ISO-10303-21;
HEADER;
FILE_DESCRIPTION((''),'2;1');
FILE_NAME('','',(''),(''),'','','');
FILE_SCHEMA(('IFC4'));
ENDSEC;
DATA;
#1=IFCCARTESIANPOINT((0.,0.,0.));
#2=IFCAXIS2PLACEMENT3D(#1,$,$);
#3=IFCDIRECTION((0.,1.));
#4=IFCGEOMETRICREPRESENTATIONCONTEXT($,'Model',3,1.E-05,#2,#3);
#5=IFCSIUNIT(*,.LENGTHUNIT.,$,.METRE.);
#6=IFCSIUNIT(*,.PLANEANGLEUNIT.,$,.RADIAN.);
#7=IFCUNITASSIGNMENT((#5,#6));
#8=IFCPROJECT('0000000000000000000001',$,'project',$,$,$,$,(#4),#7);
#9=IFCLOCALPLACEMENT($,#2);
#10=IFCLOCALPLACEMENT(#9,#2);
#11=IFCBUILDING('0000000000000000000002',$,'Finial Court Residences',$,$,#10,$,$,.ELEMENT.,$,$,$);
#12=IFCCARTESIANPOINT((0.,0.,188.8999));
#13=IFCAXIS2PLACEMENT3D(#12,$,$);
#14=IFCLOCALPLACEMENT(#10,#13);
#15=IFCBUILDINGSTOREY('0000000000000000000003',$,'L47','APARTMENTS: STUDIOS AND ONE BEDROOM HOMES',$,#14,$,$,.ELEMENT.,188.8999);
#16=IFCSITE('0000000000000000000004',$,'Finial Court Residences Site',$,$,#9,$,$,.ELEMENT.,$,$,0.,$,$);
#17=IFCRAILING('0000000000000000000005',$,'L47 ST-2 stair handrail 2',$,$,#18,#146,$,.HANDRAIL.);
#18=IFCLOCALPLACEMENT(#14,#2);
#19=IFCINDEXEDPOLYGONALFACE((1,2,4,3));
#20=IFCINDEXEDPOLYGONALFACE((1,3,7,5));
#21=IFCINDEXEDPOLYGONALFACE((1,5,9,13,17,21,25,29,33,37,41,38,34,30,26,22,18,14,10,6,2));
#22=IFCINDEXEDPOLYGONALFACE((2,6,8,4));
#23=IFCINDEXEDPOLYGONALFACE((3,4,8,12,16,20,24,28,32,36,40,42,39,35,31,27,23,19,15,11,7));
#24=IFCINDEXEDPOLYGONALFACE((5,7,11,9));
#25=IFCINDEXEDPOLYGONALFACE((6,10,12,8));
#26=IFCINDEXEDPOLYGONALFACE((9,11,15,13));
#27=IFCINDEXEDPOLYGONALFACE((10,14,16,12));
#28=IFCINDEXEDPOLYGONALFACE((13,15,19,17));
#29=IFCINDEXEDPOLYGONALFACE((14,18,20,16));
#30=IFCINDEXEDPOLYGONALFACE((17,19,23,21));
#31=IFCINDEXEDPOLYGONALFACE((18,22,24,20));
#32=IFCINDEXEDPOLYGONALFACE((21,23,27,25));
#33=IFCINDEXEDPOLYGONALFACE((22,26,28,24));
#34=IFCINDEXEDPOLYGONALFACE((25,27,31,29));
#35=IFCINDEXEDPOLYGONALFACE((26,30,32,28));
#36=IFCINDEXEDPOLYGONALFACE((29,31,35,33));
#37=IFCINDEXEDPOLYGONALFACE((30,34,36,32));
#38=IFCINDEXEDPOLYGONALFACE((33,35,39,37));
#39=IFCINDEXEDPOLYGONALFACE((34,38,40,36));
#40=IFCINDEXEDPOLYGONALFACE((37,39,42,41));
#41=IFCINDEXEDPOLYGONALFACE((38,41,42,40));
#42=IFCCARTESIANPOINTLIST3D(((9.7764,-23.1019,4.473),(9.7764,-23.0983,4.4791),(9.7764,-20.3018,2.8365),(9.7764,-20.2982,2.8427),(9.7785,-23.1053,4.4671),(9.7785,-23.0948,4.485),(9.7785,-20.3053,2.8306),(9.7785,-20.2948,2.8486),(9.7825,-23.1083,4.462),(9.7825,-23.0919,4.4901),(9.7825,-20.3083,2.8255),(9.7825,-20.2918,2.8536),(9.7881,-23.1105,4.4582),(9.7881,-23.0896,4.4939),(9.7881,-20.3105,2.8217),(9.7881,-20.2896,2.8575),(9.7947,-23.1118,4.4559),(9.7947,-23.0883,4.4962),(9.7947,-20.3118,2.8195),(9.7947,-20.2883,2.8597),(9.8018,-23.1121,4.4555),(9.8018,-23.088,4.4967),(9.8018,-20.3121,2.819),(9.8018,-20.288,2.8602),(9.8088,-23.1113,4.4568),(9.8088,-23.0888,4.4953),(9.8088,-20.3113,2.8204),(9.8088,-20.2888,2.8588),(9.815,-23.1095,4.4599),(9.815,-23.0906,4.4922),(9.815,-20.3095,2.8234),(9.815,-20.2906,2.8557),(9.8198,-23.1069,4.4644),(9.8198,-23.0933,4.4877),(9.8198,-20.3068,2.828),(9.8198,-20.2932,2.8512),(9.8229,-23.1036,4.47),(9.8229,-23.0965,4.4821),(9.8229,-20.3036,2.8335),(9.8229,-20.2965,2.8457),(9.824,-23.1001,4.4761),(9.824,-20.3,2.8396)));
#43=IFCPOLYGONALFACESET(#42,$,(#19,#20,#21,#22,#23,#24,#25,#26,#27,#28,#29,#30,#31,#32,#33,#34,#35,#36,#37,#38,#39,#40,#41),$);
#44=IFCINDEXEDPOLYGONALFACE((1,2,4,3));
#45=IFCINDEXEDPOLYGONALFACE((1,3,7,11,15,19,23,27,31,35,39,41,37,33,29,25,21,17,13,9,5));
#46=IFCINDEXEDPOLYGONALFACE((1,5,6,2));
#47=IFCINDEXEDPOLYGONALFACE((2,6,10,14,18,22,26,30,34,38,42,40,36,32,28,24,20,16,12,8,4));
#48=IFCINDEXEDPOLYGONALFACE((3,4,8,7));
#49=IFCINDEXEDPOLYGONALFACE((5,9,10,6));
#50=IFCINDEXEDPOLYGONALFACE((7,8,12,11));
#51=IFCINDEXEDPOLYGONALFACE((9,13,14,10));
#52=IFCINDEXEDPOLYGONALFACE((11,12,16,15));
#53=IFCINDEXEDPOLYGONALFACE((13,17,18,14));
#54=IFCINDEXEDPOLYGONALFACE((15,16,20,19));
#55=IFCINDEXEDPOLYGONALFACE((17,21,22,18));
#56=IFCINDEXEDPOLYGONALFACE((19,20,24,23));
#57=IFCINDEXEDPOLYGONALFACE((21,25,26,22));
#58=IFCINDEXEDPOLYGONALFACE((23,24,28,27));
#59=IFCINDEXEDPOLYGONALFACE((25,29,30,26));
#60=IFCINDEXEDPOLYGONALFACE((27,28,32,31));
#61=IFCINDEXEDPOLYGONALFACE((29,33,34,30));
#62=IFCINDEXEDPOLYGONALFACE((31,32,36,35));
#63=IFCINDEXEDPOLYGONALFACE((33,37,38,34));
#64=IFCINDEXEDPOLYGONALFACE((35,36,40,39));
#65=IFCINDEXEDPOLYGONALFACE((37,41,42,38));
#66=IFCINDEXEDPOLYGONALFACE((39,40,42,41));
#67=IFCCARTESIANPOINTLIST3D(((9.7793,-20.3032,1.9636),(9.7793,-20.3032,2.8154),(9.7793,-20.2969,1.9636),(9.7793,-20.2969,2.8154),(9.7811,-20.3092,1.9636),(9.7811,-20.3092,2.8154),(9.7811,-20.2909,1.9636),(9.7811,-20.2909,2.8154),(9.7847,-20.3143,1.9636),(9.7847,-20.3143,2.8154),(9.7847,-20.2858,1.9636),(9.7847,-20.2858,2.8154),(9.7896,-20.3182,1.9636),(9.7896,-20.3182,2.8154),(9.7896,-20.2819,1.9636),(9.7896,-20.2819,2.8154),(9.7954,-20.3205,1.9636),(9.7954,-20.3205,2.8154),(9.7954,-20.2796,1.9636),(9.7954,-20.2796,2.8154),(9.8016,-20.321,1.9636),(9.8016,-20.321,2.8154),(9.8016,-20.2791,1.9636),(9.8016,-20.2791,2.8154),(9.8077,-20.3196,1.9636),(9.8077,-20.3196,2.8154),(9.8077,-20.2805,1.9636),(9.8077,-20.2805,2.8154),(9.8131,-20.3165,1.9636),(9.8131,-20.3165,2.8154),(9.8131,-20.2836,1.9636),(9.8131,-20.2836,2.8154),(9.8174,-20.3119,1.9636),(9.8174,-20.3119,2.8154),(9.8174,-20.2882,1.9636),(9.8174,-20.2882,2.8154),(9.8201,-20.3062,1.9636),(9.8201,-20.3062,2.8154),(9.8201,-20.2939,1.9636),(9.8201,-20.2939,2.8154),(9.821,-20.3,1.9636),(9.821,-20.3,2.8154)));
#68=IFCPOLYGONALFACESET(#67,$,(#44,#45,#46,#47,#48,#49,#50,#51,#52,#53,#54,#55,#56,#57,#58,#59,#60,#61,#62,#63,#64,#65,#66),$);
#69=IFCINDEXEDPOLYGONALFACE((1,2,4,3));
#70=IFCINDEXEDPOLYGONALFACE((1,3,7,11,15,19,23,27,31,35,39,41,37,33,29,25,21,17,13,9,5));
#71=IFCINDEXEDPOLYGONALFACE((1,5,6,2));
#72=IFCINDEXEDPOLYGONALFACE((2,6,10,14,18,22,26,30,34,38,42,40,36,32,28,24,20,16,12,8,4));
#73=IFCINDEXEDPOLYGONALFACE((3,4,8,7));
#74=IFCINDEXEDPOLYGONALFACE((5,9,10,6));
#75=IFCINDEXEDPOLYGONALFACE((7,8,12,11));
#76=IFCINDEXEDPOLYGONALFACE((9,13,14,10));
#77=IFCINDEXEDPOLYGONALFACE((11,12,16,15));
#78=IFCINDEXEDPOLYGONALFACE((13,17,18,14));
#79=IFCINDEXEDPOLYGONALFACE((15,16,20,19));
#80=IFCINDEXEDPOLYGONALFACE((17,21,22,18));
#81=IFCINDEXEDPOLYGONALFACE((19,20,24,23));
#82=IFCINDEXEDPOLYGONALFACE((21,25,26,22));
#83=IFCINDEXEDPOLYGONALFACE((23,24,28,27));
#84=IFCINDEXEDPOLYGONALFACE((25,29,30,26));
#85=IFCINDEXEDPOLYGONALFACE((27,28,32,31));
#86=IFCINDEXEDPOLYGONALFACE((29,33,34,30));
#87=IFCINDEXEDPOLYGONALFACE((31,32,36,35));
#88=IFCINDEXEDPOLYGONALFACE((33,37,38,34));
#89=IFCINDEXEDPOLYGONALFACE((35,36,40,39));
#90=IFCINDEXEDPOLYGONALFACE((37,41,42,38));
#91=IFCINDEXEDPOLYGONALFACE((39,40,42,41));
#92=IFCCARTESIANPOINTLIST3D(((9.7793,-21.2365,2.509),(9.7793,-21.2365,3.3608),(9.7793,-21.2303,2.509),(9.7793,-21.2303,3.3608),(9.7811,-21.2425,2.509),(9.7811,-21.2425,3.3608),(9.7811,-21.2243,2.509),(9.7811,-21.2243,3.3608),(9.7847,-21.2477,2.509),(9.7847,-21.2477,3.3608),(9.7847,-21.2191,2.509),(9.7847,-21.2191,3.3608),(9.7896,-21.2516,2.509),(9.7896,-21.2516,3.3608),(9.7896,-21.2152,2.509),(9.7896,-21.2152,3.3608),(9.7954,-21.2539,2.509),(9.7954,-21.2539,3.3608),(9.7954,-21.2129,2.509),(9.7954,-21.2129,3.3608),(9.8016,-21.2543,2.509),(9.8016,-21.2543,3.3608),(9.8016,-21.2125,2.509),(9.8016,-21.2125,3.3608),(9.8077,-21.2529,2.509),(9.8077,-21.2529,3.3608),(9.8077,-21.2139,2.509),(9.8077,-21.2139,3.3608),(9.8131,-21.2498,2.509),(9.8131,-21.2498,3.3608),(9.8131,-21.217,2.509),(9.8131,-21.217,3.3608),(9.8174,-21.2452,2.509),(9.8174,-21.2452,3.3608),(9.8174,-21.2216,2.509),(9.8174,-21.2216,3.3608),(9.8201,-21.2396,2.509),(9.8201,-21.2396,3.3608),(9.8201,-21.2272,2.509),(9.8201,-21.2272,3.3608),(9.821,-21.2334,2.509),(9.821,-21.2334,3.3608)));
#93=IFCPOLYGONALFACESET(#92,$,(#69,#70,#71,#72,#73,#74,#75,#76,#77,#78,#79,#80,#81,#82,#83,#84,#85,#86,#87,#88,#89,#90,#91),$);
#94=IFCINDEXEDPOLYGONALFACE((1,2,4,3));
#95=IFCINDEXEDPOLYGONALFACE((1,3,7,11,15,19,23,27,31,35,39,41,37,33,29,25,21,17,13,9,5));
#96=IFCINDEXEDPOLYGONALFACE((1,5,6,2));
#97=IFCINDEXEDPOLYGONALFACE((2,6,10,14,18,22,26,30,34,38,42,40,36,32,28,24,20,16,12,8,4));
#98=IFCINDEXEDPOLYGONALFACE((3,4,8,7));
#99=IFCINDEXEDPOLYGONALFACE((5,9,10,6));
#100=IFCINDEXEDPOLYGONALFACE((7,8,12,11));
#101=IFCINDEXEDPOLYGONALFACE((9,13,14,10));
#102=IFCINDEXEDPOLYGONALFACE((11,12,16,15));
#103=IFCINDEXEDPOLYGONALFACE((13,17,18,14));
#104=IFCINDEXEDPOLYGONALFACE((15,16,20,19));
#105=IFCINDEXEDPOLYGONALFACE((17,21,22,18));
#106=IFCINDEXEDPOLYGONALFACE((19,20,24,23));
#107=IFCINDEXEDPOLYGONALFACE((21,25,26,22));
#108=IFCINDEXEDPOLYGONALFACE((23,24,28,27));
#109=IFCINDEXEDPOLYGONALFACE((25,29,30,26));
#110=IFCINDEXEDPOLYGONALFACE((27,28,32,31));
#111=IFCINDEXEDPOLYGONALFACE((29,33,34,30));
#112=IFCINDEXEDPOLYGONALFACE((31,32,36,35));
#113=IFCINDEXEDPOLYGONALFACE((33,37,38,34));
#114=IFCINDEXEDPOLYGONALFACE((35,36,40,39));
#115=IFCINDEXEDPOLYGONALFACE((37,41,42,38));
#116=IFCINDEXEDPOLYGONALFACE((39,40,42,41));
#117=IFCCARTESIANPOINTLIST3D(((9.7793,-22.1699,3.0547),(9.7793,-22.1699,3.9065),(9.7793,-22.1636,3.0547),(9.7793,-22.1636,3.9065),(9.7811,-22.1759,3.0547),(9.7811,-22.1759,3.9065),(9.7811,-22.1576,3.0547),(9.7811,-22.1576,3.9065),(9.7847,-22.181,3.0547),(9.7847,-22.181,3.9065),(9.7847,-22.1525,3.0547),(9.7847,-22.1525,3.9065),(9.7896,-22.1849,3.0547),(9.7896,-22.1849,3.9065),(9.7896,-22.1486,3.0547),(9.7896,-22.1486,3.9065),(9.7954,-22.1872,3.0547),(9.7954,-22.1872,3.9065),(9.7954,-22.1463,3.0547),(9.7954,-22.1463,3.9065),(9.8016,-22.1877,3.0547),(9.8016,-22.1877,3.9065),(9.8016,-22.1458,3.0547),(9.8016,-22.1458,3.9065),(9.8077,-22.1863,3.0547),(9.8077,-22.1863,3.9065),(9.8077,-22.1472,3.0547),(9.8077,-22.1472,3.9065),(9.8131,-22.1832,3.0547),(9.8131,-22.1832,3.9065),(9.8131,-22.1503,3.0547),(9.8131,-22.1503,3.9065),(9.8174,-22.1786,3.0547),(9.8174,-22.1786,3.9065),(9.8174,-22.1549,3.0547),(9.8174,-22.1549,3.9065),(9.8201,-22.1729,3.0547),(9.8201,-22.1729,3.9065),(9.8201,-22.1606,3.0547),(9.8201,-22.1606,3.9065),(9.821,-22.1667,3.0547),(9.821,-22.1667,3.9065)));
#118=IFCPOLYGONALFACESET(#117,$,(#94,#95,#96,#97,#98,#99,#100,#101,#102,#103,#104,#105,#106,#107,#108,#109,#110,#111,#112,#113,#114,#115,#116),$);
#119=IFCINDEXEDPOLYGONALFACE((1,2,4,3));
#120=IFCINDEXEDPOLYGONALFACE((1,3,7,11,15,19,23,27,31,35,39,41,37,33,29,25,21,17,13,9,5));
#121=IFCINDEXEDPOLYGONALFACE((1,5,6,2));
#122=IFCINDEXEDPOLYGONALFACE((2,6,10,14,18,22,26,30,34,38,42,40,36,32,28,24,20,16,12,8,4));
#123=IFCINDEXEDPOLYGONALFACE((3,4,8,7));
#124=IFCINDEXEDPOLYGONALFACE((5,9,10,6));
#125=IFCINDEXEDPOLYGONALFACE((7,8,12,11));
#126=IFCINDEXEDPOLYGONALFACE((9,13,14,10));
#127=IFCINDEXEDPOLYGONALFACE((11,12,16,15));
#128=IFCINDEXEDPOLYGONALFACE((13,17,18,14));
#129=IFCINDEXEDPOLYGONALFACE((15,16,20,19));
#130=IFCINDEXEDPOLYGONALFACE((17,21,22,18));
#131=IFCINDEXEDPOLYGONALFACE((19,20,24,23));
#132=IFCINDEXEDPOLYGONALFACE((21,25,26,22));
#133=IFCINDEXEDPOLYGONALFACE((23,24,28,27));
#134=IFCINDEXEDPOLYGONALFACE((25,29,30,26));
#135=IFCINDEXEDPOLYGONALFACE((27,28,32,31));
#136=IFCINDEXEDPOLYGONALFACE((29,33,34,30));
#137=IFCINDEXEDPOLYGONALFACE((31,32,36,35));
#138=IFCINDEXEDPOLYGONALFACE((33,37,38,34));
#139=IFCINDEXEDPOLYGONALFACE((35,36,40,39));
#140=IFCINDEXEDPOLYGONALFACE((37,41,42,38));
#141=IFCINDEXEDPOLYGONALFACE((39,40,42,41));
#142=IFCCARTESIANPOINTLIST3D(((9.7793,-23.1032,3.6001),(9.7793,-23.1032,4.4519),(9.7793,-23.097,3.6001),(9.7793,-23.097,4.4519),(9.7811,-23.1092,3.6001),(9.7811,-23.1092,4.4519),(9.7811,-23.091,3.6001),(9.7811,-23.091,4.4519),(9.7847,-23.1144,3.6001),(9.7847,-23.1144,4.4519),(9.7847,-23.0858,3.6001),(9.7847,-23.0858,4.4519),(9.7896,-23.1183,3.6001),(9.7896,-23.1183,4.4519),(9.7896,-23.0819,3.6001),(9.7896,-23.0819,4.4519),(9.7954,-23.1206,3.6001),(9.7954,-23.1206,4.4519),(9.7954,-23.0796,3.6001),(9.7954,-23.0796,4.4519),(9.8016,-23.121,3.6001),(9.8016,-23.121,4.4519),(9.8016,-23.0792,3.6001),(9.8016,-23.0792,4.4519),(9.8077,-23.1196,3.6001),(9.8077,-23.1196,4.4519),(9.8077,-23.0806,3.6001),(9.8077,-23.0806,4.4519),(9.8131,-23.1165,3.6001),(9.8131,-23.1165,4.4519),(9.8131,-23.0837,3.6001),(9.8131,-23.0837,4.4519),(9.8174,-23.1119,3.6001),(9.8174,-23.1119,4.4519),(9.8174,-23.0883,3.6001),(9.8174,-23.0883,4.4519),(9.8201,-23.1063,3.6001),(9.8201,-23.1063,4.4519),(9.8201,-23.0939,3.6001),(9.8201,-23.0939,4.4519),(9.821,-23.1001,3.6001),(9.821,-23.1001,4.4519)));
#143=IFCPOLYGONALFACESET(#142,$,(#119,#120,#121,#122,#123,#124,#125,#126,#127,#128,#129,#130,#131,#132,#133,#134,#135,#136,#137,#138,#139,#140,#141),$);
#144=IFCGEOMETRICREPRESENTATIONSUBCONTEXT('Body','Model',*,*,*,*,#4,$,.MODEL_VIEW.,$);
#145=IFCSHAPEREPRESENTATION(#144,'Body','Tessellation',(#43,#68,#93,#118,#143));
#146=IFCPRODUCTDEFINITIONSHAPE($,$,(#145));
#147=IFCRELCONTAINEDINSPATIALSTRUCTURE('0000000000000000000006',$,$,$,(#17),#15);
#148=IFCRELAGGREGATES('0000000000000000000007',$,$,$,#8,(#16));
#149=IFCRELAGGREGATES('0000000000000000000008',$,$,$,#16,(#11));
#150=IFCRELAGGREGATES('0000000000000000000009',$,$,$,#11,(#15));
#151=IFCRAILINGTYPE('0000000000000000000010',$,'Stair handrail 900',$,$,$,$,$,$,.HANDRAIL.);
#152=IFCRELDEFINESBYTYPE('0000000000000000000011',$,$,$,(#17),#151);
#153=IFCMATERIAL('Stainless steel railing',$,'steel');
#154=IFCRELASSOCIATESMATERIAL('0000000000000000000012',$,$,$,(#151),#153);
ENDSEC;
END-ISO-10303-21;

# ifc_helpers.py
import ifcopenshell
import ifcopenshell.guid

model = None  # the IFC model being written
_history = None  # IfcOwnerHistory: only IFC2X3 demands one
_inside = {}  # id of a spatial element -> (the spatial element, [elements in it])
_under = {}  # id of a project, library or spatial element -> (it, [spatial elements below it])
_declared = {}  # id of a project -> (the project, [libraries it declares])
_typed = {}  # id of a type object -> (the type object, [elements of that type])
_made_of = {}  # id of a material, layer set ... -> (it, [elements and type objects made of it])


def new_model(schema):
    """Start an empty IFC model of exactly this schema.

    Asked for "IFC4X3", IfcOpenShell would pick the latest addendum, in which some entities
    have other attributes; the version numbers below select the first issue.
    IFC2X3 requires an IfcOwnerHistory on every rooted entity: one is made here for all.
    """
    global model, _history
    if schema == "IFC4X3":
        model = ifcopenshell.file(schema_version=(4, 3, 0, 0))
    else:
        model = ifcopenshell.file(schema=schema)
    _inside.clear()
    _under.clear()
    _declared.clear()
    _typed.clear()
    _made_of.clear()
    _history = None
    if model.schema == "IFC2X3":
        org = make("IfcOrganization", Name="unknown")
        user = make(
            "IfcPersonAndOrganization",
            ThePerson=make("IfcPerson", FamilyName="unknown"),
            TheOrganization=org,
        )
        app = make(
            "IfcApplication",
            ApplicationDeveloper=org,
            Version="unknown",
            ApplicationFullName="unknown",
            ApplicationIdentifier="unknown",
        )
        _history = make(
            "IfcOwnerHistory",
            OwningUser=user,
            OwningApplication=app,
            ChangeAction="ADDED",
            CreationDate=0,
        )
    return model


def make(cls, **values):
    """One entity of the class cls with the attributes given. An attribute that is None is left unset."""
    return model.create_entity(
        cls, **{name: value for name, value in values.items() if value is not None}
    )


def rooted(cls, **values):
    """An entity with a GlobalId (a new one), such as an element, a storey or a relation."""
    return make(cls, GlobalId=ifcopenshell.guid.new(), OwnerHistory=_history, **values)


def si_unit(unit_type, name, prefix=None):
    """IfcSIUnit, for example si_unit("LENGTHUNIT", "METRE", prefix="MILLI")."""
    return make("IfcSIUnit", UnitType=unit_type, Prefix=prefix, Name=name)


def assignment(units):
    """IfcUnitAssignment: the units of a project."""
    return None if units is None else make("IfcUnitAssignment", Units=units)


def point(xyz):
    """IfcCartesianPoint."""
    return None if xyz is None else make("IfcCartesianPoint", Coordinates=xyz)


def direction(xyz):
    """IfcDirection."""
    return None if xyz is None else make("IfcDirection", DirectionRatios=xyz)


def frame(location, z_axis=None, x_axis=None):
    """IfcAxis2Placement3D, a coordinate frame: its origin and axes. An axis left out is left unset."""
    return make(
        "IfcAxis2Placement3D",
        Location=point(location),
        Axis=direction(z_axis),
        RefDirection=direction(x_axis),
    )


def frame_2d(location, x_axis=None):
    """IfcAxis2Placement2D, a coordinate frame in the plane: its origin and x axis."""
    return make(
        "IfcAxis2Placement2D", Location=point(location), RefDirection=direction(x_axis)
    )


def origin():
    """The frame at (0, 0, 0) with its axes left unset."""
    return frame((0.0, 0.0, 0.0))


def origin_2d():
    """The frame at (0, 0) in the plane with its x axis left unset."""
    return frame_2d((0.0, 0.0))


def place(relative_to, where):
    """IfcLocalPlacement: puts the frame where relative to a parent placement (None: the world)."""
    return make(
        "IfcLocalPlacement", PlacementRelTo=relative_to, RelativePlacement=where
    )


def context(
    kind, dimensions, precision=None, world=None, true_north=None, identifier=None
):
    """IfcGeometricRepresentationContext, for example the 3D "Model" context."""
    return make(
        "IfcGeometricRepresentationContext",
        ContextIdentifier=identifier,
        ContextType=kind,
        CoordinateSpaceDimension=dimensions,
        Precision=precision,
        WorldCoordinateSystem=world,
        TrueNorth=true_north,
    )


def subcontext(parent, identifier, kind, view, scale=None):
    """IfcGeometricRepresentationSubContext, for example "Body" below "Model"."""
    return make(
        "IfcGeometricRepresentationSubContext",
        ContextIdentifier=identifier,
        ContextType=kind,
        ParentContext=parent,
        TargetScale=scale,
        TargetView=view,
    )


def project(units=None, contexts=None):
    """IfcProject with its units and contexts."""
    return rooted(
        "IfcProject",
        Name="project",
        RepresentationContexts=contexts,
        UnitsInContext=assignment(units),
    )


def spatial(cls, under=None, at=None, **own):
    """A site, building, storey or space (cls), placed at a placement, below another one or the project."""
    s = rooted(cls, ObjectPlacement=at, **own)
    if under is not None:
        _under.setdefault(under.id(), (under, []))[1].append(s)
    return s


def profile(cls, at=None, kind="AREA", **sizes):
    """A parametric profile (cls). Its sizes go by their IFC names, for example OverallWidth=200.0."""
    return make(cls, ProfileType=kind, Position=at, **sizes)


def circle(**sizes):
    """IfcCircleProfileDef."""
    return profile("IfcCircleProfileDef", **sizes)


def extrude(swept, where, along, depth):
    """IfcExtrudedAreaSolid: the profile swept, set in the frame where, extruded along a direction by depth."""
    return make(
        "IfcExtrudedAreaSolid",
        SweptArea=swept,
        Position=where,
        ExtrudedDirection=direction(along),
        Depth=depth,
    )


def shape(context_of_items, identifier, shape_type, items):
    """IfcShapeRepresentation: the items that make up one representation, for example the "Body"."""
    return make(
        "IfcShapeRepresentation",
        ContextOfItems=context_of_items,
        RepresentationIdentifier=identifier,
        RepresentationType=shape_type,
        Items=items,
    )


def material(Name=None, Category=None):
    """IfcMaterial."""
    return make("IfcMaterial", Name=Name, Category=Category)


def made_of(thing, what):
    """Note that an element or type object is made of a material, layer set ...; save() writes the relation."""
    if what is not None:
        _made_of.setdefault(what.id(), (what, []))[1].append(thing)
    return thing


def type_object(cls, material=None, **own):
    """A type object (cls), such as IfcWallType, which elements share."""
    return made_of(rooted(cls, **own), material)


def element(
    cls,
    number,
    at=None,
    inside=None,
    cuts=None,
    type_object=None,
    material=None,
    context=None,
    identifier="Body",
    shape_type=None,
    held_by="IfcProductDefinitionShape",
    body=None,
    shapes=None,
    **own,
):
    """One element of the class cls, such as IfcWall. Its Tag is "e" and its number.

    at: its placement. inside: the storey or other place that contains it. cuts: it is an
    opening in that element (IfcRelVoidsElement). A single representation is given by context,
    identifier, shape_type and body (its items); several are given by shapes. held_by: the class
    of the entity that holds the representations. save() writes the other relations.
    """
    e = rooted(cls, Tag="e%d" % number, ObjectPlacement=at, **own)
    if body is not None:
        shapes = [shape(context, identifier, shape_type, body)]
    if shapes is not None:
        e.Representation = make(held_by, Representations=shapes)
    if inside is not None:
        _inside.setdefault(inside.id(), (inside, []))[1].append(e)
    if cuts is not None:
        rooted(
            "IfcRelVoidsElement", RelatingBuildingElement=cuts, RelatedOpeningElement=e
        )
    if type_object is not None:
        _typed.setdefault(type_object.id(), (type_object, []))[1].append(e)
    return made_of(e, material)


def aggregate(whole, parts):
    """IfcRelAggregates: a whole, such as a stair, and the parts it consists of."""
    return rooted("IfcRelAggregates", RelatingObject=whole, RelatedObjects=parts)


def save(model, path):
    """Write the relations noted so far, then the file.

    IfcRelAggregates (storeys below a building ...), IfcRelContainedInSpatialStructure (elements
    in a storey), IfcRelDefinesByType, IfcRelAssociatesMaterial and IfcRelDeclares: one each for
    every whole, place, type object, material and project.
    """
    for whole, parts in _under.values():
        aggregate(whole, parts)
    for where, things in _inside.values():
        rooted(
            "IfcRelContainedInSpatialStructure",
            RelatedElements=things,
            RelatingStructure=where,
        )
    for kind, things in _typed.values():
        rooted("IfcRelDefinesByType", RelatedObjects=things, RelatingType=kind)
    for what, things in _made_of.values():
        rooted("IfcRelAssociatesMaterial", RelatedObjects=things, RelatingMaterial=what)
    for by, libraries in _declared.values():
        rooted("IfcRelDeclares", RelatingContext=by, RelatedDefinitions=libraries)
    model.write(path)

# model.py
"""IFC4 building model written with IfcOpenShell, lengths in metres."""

from ifc_helpers import new_model, si_unit, direction, frame, origin, origin_2d, place, context, subcontext, project, spatial, circle, extrude, material, type_object, element, save


model = new_model("IFC4")

# Units and contexts
model_context = context("Model", 3, precision=1e-05, world=origin(), true_north=direction((0.0, 1.0)))
body_context = subcontext(model_context, "Body", "Model", "MODEL_VIEW")
ifc_project = project(units=[si_unit("LENGTHUNIT", "METRE"), si_unit("PLANEANGLEUNIT", "RADIAN")], contexts=[model_context])

# Site, building, storey
site_placement = place(None, origin())
site = spatial("IfcSite", under=ifc_project, at=site_placement, Name="Finial Court Residences Site", CompositionType="ELEMENT", RefElevation=0.0)
building_placement = place(site_placement, origin())
building = spatial("IfcBuilding", under=site, at=building_placement, Name="Finial Court Residences", CompositionType="ELEMENT")
storey_placement = place(building_placement, frame((0.0, 0.0, 188.8999)))
storey = spatial("IfcBuildingStorey", under=building, at=storey_placement, Name="L47", Description="APARTMENTS: STUDIOS AND ONE BEDROOM HOMES", CompositionType="ELEMENT", Elevation=188.8999)

# Railing
ifc_material_1 = material(Name="Stainless steel railing", Category="steel")
railing_type_1 = type_object("IfcRailingType", Name="Stair handrail 900", PredefinedType="HANDRAIL", material=ifc_material_1)
railing_1_placement = place(storey_placement, frame((9.8, -20.3, 1.9636)))
element("IfcRailing", 1, at=railing_1_placement, inside=storey, type_object=railing_type_1, Name="L47 ST-2 stair handrail 2", PredefinedType="HANDRAIL", context=body_context, shape_type="SweptSolid", body=[
    extrude(circle(Radius=0.0239, at=origin_2d()), frame((0.0, 0.0, 0.876), z_axis=(0.0, -0.863361, 0.504587), x_axis=(1.0, 0.0, 0.0)), (0.0, 0.0, 1.0), 3.2432),
    extrude(circle(Radius=0.021, at=origin_2d()), origin(), (0.0, 0.0, 1.0), 0.8518),
    extrude(circle(Radius=0.021, at=origin_2d()), frame((0.0, -0.9333, 0.5454)), (0.0, 0.0, 1.0), 0.8518),
    extrude(circle(Radius=0.021, at=origin_2d()), frame((0.0, -1.8667, 1.0911)), (0.0, 0.0, 1.0), 0.8518),
    extrude(circle(Radius=0.021, at=origin_2d()), frame((0.0, -2.8, 1.6365)), (0.0, 0.0, 1.0), 0.8518),
])

save(model, "model.ifc")
